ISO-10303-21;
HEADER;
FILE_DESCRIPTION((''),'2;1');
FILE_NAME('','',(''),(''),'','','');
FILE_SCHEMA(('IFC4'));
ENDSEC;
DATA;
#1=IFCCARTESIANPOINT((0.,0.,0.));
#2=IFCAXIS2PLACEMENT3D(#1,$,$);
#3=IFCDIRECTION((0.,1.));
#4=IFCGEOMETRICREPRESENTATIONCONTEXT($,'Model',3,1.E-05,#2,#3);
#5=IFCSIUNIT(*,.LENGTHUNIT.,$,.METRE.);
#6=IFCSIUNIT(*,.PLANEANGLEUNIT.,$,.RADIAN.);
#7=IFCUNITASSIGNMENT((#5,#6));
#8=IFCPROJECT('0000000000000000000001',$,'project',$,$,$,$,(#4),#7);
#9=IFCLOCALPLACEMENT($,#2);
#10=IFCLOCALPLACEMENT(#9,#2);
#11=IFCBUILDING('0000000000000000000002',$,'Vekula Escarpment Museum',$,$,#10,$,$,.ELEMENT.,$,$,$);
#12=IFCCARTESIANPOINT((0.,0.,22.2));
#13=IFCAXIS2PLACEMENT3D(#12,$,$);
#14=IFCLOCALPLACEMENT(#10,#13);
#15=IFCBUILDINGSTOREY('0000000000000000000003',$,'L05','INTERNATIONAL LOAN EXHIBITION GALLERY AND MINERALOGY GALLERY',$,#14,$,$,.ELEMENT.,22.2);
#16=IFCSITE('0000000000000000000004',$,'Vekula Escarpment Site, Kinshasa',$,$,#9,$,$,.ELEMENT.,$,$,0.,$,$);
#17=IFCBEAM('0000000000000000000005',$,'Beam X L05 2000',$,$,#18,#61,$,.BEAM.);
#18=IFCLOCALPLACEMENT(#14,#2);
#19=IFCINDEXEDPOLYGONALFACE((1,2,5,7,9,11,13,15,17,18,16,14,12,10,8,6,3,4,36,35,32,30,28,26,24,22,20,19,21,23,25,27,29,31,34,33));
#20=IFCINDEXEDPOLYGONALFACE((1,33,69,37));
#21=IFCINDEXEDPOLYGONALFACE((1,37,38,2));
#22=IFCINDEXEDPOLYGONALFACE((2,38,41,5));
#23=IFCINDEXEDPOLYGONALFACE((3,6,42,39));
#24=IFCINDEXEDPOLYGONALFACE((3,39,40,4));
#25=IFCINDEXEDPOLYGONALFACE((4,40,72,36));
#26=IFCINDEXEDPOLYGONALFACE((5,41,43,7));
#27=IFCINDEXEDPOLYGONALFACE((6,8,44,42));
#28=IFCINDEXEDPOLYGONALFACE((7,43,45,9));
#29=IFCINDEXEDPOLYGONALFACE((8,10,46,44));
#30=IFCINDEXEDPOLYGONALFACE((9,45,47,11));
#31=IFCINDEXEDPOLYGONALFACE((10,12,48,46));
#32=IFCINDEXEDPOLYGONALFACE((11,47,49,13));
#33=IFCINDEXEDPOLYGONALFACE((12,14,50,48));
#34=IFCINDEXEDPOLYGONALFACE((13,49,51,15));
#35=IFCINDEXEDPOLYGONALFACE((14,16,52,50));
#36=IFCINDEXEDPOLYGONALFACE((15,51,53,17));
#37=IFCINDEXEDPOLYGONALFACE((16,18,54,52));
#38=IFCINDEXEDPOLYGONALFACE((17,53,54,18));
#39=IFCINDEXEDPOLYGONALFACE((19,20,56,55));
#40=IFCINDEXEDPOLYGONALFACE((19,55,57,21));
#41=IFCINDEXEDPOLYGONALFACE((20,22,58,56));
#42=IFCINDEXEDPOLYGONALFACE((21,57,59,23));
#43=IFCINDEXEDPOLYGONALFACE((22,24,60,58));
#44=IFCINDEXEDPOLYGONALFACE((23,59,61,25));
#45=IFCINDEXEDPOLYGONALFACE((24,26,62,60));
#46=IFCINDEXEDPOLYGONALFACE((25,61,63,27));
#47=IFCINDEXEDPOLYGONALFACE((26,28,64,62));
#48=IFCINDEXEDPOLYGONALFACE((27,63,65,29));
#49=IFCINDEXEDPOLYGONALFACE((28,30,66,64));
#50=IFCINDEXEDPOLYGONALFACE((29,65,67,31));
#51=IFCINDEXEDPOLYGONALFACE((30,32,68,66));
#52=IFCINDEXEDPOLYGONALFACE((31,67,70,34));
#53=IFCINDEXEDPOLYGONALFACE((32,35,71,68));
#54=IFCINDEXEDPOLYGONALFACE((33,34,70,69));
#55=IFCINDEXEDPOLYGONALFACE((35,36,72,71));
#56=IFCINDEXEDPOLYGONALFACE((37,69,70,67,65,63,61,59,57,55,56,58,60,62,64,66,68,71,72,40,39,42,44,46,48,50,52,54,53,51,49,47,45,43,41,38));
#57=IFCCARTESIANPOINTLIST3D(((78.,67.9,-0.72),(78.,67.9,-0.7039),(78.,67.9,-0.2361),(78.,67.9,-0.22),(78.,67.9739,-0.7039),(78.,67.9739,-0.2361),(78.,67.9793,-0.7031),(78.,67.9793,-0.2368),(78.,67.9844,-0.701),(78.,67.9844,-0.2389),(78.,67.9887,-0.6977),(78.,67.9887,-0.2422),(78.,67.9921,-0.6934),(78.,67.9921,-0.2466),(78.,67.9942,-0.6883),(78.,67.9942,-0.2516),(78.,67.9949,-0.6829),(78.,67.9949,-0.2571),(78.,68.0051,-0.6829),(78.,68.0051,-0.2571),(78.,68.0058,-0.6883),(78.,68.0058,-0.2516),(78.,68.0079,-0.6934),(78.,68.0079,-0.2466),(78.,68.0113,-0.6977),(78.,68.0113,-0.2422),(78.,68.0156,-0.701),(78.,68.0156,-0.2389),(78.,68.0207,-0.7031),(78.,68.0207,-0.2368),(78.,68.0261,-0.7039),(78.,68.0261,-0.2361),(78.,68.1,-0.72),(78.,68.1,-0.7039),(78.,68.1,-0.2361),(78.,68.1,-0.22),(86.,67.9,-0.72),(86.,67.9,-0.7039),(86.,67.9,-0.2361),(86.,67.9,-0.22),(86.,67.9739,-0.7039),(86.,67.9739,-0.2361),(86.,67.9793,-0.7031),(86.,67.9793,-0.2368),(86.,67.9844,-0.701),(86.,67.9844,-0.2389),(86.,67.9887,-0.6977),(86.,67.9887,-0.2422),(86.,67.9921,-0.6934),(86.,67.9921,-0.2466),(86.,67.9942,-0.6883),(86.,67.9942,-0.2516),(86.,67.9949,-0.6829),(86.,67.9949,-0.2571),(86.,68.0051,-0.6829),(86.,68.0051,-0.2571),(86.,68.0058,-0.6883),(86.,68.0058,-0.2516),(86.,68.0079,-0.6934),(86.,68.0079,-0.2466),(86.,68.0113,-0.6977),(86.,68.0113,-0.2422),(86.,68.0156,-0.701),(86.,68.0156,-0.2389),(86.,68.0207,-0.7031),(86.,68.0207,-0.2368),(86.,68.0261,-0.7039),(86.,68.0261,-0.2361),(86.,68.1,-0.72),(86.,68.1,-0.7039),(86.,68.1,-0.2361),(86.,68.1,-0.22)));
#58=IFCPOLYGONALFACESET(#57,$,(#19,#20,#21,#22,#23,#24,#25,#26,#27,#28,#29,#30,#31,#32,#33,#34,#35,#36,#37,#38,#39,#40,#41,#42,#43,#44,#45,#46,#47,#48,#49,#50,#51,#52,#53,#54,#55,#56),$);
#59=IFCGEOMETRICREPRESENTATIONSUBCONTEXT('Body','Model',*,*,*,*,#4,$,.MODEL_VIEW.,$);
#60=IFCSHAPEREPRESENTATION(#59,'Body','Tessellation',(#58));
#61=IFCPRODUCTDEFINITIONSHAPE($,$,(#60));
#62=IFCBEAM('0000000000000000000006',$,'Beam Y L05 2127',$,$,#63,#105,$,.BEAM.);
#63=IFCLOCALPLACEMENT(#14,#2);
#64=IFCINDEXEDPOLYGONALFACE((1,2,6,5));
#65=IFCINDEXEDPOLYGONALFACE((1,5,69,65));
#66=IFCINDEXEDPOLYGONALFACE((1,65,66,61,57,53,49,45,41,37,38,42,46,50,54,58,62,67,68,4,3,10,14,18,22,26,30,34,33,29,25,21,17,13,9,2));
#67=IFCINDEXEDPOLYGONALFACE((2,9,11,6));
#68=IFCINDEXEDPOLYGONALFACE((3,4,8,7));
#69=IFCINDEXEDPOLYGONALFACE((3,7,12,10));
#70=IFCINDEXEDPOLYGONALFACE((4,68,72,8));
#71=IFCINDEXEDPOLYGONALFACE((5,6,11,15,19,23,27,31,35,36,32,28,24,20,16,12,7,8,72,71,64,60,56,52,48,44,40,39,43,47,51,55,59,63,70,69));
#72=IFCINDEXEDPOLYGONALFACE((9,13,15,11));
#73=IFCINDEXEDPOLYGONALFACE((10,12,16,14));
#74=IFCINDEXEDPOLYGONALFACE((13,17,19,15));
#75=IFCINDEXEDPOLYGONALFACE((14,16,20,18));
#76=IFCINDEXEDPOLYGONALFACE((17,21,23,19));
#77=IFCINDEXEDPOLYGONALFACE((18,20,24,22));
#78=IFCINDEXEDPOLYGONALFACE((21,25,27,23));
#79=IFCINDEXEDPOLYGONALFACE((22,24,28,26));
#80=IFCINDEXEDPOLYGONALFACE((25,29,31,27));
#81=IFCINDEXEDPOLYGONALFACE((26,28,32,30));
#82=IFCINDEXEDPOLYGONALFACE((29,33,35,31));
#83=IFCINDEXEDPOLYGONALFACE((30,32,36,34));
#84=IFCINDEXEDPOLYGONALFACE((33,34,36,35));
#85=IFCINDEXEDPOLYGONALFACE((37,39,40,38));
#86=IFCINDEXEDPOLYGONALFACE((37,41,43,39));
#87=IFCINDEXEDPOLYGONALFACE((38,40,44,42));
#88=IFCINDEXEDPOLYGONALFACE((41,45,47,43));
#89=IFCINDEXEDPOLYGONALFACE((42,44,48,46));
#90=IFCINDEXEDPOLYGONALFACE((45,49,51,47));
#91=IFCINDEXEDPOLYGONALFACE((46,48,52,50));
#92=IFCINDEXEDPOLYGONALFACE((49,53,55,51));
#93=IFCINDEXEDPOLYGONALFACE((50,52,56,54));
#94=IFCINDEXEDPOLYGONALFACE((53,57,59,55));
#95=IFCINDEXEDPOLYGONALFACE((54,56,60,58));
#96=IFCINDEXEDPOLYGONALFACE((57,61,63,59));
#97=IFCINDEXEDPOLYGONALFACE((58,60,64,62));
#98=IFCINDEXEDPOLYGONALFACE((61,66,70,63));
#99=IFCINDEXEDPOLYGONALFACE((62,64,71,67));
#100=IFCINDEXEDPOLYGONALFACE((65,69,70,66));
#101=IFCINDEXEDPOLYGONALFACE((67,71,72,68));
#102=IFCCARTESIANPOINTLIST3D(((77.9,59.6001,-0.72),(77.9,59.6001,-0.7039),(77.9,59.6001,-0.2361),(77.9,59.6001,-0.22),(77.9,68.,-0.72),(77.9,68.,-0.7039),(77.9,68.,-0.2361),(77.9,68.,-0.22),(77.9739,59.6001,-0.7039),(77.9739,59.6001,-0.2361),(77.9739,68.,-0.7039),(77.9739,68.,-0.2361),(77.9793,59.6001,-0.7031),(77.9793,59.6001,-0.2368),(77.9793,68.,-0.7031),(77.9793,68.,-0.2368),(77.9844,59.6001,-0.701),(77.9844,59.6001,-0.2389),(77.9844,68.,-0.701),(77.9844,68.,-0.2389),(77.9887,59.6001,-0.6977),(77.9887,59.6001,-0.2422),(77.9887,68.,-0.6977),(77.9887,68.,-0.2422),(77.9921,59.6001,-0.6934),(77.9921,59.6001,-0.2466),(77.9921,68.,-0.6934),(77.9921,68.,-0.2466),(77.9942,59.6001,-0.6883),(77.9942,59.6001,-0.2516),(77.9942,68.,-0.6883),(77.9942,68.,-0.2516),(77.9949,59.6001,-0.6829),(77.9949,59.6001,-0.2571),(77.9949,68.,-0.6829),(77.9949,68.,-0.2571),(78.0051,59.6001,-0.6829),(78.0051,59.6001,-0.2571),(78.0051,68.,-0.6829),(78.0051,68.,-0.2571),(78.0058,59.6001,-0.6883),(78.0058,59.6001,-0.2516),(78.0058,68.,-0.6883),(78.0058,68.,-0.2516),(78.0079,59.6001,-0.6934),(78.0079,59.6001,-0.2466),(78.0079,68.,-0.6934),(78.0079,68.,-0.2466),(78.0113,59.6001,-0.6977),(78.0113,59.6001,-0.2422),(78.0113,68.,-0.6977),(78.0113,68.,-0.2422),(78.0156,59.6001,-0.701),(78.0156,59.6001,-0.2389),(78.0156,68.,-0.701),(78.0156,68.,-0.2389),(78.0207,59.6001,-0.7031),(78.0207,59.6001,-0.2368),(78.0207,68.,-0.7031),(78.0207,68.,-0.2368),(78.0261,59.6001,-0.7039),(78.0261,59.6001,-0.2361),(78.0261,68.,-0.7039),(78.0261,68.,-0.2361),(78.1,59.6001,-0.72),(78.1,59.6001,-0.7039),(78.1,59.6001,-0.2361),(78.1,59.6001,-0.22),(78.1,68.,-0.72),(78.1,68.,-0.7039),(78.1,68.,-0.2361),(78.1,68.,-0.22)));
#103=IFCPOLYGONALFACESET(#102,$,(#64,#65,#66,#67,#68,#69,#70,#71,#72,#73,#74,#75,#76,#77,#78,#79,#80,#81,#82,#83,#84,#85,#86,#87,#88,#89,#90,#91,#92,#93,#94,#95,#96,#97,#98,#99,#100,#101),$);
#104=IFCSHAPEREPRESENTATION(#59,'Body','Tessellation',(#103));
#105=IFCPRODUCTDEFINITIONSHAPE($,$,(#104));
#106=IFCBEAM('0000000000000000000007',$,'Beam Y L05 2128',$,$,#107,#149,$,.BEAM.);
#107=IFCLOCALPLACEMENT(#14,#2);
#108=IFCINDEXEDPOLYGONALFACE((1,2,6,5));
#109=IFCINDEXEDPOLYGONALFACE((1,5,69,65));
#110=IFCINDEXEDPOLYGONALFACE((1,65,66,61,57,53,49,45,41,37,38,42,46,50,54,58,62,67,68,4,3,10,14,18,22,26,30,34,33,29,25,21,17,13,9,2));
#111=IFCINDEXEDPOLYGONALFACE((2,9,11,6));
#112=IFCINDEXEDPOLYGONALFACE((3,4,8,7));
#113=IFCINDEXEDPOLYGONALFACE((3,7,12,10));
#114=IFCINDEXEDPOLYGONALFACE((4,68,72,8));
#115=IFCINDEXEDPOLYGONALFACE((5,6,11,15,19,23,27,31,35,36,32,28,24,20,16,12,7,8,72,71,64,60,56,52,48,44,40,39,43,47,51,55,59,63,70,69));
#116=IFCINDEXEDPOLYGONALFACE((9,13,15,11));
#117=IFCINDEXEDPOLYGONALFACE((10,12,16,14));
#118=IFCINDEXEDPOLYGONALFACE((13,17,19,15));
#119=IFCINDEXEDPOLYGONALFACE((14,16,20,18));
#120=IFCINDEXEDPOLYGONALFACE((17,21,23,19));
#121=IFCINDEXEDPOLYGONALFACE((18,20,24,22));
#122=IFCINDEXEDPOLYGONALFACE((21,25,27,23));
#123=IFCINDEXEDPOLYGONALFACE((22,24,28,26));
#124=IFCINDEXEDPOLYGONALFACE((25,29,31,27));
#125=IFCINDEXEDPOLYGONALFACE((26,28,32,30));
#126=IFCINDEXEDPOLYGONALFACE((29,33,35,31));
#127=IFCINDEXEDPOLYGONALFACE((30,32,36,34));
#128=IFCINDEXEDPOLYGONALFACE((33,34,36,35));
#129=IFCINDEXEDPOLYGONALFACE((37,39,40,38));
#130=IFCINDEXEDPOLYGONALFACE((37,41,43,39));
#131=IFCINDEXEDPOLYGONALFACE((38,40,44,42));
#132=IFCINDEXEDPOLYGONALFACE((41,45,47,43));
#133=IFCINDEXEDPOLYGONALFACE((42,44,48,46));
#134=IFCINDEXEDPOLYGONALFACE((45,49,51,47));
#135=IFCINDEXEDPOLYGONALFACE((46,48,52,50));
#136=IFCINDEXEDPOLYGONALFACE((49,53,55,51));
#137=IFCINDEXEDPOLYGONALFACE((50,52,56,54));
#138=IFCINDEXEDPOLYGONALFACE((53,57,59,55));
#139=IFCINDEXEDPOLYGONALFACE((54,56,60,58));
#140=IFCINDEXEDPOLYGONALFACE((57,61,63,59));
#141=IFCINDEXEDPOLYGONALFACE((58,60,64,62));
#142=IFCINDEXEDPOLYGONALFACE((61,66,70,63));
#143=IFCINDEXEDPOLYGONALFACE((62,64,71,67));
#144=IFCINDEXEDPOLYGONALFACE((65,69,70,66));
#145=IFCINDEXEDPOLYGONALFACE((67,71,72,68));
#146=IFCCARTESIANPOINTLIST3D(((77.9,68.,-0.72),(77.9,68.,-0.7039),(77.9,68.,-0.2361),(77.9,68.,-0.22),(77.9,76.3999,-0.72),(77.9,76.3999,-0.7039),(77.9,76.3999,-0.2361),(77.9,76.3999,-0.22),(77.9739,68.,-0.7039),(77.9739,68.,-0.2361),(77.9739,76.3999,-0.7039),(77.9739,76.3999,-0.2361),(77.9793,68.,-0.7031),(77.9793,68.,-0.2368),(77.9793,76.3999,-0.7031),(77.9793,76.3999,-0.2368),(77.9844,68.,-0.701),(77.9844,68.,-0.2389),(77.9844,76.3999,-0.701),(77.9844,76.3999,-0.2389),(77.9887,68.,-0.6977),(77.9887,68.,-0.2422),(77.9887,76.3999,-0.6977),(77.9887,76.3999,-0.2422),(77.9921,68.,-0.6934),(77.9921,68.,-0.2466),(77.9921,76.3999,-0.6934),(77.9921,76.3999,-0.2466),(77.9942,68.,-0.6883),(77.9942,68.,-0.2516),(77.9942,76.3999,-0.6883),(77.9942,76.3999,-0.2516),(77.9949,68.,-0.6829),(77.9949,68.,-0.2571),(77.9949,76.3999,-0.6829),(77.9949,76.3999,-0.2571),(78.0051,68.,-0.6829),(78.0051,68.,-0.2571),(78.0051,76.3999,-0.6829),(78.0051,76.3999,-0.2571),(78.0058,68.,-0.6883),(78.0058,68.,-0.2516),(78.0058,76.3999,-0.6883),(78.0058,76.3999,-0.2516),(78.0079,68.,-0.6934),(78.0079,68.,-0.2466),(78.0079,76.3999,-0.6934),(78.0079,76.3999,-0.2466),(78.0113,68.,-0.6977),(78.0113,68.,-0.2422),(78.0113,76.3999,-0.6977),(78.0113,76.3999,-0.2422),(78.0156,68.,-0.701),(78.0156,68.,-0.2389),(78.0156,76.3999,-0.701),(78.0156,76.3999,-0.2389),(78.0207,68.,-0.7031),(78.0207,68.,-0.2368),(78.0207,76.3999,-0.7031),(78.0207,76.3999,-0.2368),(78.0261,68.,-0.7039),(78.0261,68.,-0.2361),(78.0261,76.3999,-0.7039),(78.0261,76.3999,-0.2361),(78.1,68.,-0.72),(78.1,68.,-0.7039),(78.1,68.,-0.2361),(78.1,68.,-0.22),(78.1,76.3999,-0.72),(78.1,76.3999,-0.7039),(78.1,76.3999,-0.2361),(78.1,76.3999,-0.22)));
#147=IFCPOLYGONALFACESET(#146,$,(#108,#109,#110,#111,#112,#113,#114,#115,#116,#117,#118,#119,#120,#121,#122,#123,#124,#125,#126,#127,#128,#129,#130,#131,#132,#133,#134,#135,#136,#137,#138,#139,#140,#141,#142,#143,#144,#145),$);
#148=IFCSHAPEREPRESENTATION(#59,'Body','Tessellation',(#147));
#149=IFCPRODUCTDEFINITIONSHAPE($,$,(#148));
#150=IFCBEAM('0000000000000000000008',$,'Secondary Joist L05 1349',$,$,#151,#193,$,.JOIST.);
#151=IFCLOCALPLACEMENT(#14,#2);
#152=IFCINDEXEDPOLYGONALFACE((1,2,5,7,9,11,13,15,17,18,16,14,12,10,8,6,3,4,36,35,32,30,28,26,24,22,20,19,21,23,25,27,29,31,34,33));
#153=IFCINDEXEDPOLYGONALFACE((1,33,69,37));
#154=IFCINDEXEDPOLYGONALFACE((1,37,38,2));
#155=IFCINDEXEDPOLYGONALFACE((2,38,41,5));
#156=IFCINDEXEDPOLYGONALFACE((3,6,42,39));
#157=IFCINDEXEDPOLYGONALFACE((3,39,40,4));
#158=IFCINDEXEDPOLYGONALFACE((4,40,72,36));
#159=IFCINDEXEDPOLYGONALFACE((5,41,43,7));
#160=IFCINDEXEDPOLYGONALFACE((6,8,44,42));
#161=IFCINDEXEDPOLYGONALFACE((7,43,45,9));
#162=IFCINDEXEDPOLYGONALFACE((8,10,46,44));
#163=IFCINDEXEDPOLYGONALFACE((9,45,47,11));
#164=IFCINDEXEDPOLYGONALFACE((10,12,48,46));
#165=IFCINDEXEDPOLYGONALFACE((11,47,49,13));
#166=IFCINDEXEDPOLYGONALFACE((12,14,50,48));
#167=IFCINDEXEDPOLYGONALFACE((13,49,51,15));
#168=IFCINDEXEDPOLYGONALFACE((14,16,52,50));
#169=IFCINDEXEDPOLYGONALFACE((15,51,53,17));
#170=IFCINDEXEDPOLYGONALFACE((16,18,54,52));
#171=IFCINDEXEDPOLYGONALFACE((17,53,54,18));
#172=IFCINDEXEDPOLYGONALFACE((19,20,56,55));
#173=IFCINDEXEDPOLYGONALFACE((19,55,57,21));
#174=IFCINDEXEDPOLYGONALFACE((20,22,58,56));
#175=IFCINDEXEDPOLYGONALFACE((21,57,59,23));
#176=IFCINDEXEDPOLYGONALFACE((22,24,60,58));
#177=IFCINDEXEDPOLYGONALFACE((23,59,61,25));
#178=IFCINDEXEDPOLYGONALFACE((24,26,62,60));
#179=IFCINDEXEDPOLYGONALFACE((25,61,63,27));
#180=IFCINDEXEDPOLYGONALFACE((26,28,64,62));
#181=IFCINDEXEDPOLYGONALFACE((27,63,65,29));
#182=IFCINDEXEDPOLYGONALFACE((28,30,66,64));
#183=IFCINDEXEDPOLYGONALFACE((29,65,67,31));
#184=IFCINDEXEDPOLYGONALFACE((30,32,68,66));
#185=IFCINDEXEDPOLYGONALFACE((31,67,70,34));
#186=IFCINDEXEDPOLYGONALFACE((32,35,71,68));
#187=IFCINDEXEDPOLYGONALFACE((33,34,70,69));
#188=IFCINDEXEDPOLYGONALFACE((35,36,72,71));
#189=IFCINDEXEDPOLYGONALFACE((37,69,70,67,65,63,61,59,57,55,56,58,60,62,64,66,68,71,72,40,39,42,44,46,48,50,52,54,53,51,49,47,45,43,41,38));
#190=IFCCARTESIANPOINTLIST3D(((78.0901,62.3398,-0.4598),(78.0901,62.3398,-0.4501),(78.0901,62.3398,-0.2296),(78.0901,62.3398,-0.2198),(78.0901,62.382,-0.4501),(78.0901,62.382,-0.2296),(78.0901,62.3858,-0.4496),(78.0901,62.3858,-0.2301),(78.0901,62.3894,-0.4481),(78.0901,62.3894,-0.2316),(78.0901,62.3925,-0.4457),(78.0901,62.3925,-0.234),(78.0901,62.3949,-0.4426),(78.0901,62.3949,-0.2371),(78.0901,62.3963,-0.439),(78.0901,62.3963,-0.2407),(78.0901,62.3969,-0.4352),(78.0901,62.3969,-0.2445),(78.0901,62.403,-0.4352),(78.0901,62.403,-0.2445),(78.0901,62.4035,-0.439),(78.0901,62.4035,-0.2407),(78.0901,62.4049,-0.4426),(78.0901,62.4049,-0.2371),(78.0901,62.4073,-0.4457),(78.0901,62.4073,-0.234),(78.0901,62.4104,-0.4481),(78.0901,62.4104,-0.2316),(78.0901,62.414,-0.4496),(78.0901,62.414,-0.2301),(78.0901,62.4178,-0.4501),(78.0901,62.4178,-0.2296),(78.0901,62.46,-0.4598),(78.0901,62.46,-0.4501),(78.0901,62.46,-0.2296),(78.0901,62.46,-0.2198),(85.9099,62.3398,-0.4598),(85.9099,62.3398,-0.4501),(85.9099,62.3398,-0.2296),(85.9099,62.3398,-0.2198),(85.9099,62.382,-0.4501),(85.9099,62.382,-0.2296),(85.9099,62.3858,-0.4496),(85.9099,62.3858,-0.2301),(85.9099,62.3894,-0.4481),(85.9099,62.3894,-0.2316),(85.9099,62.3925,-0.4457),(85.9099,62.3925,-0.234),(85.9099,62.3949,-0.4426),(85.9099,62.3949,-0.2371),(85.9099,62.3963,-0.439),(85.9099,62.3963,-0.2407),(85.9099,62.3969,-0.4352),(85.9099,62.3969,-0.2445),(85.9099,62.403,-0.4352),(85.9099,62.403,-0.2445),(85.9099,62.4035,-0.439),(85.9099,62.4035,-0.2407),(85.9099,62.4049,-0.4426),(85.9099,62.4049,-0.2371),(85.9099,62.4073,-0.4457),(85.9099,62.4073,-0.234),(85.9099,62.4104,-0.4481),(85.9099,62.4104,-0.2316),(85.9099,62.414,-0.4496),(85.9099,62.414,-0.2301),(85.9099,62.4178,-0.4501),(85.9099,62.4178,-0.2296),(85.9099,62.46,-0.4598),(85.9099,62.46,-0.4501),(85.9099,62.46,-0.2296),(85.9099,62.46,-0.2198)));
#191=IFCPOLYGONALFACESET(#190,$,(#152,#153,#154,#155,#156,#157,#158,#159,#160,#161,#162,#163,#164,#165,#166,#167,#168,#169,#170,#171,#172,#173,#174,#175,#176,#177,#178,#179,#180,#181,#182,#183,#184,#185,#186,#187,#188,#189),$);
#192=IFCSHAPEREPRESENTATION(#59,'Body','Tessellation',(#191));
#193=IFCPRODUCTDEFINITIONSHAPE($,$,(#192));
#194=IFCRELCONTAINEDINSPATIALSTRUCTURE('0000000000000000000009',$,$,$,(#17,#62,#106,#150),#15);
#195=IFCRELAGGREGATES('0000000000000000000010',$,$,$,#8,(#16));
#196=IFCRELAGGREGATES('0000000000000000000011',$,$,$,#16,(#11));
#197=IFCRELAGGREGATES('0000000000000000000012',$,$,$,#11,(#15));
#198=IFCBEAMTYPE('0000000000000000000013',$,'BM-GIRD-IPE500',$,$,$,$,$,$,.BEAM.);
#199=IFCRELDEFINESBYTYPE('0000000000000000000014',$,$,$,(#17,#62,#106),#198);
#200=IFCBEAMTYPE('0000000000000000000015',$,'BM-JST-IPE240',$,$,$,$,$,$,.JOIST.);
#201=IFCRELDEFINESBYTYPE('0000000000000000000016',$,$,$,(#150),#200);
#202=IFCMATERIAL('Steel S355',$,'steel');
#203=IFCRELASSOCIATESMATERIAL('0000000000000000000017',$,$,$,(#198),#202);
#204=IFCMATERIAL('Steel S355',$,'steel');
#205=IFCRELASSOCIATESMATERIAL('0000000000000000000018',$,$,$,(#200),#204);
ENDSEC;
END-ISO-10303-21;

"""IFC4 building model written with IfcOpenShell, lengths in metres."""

from ifc_helpers import new_model, si_unit, direction, frame, origin, origin_2d, place, context, subcontext, project, spatial, i_section, extrude, material, material_profile, profile_set, type_object, element, save


model = new_model("IFC4")

# Units and contexts
model_context = context("Model", 3, precision=1e-05, world=origin(), true_north=direction((0.0, 1.0)))
body_context = subcontext(model_context, "Body", "Model", "MODEL_VIEW")
ifc_project = project(units=[si_unit("LENGTHUNIT", "METRE"), si_unit("PLANEANGLEUNIT", "RADIAN")], contexts=[model_context])

# Site, building, storey
site_placement = place(None, origin())
site = spatial("IfcSite", under=ifc_project, at=site_placement, Name="Vekula Escarpment Site, Kinshasa", CompositionType="ELEMENT", RefElevation=0.0)
building_placement = place(site_placement, origin())
building = spatial("IfcBuilding", under=site, at=building_placement, Name="Vekula Escarpment Museum", CompositionType="ELEMENT")
storey_placement = place(building_placement, frame((0.0, 0.0, 22.2)))
storey = spatial("IfcBuildingStorey", under=building, at=storey_placement, Name="L05", Description="INTERNATIONAL LOAN EXHIBITION GALLERY AND MINERALOGY GALLERY", CompositionType="ELEMENT", Elevation=22.2)

# Beams
ifc_material_1 = material(Name="Steel S355", Category="steel")
ifc_material_profile_1 = material_profile(ifc_material_1, i_section(OverallWidth=0.2, OverallDepth=0.5, WebThickness=0.0103, FlangeThickness=0.0161, FilletRadius=0.021, at=origin_2d()), Name="IPE 500")
ifc_profile_set_1 = profile_set([ifc_material_profile_1], Name="Steel S355")
beam_type_1 = type_object("IfcBeamType", Name="BM-GIRD-IPE500", PredefinedType="BEAM", material=ifc_profile_set_1)
beam_1_placement = place(storey_placement, frame((78.0, 68.0, -0.47), z_axis=(1.0, 0.0, 0.0), x_axis=(0.0, 1.0, 0.0)))
element("IfcBeam", 1, at=beam_1_placement, inside=storey, type_object=beam_type_1, Name="Beam X L05 2000", PredefinedType="BEAM", context=body_context, shape_type="SweptSolid", body=[
    extrude(i_section(OverallWidth=0.2, OverallDepth=0.5, WebThickness=0.0103, FlangeThickness=0.0161, FilletRadius=0.021, at=origin_2d()), origin(), (0.0, 0.0, 1.0), 8.0),
])
for number, where, z_axis, x_axis, name in (
    (2, (78.0, 59.6001, -0.47), (0.0, 1.0, 0.0), (-1.0, 0.0, 0.0), "Beam Y L05 2127"),
    (3, (78.0, 68.0, -0.47), (0.0, 1.0, 0.0), (-1.0, 0.0, 0.0), "Beam Y L05 2128"),
):
    element("IfcBeam", number, at=place(storey_placement, frame(where, z_axis=z_axis, x_axis=x_axis)), inside=storey, type_object=beam_type_1, Name=name, PredefinedType="BEAM", context=body_context, shape_type="SweptSolid", body=[
        extrude(i_section(OverallWidth=0.2, OverallDepth=0.5, WebThickness=0.0103, FlangeThickness=0.0161, FilletRadius=0.021, at=origin_2d()), origin(), (0.0, 0.0, 1.0), 8.3999),
    ])
ifc_material_2 = material(Name="Steel S355", Category="steel")
ifc_material_profile_2 = material_profile(ifc_material_2, i_section(OverallWidth=0.1201, OverallDepth=0.24, WebThickness=0.0061, FlangeThickness=0.0098, FilletRadius=0.0149, at=origin_2d()), Name="IPE 240")
ifc_profile_set_2 = profile_set([ifc_material_profile_2], Name="Steel S355")
beam_type_2 = type_object("IfcBeamType", Name="BM-JST-IPE240", PredefinedType="JOIST", material=ifc_profile_set_2)
for number, where, z_axis, x_axis, name in (
    (4, (78.0901, 62.3999, -0.3398), (1.0, 0.0, 0.0), (0.0, 1.0, 0.0), "Secondary Joist L05 1349"),
):
    element("IfcBeam", number, at=place(storey_placement, frame(where, z_axis=z_axis, x_axis=x_axis)), inside=storey, type_object=beam_type_2, Name=name, PredefinedType="JOIST", context=body_context, shape_type="SweptSolid", body=[
        extrude(i_section(OverallWidth=0.1201, OverallDepth=0.24, WebThickness=0.0061, FlangeThickness=0.0098, FilletRadius=0.0149, at=origin_2d()), origin(), (0.0, 0.0, 1.0), 7.8198),
    ])

save(model, "model.ifc")
